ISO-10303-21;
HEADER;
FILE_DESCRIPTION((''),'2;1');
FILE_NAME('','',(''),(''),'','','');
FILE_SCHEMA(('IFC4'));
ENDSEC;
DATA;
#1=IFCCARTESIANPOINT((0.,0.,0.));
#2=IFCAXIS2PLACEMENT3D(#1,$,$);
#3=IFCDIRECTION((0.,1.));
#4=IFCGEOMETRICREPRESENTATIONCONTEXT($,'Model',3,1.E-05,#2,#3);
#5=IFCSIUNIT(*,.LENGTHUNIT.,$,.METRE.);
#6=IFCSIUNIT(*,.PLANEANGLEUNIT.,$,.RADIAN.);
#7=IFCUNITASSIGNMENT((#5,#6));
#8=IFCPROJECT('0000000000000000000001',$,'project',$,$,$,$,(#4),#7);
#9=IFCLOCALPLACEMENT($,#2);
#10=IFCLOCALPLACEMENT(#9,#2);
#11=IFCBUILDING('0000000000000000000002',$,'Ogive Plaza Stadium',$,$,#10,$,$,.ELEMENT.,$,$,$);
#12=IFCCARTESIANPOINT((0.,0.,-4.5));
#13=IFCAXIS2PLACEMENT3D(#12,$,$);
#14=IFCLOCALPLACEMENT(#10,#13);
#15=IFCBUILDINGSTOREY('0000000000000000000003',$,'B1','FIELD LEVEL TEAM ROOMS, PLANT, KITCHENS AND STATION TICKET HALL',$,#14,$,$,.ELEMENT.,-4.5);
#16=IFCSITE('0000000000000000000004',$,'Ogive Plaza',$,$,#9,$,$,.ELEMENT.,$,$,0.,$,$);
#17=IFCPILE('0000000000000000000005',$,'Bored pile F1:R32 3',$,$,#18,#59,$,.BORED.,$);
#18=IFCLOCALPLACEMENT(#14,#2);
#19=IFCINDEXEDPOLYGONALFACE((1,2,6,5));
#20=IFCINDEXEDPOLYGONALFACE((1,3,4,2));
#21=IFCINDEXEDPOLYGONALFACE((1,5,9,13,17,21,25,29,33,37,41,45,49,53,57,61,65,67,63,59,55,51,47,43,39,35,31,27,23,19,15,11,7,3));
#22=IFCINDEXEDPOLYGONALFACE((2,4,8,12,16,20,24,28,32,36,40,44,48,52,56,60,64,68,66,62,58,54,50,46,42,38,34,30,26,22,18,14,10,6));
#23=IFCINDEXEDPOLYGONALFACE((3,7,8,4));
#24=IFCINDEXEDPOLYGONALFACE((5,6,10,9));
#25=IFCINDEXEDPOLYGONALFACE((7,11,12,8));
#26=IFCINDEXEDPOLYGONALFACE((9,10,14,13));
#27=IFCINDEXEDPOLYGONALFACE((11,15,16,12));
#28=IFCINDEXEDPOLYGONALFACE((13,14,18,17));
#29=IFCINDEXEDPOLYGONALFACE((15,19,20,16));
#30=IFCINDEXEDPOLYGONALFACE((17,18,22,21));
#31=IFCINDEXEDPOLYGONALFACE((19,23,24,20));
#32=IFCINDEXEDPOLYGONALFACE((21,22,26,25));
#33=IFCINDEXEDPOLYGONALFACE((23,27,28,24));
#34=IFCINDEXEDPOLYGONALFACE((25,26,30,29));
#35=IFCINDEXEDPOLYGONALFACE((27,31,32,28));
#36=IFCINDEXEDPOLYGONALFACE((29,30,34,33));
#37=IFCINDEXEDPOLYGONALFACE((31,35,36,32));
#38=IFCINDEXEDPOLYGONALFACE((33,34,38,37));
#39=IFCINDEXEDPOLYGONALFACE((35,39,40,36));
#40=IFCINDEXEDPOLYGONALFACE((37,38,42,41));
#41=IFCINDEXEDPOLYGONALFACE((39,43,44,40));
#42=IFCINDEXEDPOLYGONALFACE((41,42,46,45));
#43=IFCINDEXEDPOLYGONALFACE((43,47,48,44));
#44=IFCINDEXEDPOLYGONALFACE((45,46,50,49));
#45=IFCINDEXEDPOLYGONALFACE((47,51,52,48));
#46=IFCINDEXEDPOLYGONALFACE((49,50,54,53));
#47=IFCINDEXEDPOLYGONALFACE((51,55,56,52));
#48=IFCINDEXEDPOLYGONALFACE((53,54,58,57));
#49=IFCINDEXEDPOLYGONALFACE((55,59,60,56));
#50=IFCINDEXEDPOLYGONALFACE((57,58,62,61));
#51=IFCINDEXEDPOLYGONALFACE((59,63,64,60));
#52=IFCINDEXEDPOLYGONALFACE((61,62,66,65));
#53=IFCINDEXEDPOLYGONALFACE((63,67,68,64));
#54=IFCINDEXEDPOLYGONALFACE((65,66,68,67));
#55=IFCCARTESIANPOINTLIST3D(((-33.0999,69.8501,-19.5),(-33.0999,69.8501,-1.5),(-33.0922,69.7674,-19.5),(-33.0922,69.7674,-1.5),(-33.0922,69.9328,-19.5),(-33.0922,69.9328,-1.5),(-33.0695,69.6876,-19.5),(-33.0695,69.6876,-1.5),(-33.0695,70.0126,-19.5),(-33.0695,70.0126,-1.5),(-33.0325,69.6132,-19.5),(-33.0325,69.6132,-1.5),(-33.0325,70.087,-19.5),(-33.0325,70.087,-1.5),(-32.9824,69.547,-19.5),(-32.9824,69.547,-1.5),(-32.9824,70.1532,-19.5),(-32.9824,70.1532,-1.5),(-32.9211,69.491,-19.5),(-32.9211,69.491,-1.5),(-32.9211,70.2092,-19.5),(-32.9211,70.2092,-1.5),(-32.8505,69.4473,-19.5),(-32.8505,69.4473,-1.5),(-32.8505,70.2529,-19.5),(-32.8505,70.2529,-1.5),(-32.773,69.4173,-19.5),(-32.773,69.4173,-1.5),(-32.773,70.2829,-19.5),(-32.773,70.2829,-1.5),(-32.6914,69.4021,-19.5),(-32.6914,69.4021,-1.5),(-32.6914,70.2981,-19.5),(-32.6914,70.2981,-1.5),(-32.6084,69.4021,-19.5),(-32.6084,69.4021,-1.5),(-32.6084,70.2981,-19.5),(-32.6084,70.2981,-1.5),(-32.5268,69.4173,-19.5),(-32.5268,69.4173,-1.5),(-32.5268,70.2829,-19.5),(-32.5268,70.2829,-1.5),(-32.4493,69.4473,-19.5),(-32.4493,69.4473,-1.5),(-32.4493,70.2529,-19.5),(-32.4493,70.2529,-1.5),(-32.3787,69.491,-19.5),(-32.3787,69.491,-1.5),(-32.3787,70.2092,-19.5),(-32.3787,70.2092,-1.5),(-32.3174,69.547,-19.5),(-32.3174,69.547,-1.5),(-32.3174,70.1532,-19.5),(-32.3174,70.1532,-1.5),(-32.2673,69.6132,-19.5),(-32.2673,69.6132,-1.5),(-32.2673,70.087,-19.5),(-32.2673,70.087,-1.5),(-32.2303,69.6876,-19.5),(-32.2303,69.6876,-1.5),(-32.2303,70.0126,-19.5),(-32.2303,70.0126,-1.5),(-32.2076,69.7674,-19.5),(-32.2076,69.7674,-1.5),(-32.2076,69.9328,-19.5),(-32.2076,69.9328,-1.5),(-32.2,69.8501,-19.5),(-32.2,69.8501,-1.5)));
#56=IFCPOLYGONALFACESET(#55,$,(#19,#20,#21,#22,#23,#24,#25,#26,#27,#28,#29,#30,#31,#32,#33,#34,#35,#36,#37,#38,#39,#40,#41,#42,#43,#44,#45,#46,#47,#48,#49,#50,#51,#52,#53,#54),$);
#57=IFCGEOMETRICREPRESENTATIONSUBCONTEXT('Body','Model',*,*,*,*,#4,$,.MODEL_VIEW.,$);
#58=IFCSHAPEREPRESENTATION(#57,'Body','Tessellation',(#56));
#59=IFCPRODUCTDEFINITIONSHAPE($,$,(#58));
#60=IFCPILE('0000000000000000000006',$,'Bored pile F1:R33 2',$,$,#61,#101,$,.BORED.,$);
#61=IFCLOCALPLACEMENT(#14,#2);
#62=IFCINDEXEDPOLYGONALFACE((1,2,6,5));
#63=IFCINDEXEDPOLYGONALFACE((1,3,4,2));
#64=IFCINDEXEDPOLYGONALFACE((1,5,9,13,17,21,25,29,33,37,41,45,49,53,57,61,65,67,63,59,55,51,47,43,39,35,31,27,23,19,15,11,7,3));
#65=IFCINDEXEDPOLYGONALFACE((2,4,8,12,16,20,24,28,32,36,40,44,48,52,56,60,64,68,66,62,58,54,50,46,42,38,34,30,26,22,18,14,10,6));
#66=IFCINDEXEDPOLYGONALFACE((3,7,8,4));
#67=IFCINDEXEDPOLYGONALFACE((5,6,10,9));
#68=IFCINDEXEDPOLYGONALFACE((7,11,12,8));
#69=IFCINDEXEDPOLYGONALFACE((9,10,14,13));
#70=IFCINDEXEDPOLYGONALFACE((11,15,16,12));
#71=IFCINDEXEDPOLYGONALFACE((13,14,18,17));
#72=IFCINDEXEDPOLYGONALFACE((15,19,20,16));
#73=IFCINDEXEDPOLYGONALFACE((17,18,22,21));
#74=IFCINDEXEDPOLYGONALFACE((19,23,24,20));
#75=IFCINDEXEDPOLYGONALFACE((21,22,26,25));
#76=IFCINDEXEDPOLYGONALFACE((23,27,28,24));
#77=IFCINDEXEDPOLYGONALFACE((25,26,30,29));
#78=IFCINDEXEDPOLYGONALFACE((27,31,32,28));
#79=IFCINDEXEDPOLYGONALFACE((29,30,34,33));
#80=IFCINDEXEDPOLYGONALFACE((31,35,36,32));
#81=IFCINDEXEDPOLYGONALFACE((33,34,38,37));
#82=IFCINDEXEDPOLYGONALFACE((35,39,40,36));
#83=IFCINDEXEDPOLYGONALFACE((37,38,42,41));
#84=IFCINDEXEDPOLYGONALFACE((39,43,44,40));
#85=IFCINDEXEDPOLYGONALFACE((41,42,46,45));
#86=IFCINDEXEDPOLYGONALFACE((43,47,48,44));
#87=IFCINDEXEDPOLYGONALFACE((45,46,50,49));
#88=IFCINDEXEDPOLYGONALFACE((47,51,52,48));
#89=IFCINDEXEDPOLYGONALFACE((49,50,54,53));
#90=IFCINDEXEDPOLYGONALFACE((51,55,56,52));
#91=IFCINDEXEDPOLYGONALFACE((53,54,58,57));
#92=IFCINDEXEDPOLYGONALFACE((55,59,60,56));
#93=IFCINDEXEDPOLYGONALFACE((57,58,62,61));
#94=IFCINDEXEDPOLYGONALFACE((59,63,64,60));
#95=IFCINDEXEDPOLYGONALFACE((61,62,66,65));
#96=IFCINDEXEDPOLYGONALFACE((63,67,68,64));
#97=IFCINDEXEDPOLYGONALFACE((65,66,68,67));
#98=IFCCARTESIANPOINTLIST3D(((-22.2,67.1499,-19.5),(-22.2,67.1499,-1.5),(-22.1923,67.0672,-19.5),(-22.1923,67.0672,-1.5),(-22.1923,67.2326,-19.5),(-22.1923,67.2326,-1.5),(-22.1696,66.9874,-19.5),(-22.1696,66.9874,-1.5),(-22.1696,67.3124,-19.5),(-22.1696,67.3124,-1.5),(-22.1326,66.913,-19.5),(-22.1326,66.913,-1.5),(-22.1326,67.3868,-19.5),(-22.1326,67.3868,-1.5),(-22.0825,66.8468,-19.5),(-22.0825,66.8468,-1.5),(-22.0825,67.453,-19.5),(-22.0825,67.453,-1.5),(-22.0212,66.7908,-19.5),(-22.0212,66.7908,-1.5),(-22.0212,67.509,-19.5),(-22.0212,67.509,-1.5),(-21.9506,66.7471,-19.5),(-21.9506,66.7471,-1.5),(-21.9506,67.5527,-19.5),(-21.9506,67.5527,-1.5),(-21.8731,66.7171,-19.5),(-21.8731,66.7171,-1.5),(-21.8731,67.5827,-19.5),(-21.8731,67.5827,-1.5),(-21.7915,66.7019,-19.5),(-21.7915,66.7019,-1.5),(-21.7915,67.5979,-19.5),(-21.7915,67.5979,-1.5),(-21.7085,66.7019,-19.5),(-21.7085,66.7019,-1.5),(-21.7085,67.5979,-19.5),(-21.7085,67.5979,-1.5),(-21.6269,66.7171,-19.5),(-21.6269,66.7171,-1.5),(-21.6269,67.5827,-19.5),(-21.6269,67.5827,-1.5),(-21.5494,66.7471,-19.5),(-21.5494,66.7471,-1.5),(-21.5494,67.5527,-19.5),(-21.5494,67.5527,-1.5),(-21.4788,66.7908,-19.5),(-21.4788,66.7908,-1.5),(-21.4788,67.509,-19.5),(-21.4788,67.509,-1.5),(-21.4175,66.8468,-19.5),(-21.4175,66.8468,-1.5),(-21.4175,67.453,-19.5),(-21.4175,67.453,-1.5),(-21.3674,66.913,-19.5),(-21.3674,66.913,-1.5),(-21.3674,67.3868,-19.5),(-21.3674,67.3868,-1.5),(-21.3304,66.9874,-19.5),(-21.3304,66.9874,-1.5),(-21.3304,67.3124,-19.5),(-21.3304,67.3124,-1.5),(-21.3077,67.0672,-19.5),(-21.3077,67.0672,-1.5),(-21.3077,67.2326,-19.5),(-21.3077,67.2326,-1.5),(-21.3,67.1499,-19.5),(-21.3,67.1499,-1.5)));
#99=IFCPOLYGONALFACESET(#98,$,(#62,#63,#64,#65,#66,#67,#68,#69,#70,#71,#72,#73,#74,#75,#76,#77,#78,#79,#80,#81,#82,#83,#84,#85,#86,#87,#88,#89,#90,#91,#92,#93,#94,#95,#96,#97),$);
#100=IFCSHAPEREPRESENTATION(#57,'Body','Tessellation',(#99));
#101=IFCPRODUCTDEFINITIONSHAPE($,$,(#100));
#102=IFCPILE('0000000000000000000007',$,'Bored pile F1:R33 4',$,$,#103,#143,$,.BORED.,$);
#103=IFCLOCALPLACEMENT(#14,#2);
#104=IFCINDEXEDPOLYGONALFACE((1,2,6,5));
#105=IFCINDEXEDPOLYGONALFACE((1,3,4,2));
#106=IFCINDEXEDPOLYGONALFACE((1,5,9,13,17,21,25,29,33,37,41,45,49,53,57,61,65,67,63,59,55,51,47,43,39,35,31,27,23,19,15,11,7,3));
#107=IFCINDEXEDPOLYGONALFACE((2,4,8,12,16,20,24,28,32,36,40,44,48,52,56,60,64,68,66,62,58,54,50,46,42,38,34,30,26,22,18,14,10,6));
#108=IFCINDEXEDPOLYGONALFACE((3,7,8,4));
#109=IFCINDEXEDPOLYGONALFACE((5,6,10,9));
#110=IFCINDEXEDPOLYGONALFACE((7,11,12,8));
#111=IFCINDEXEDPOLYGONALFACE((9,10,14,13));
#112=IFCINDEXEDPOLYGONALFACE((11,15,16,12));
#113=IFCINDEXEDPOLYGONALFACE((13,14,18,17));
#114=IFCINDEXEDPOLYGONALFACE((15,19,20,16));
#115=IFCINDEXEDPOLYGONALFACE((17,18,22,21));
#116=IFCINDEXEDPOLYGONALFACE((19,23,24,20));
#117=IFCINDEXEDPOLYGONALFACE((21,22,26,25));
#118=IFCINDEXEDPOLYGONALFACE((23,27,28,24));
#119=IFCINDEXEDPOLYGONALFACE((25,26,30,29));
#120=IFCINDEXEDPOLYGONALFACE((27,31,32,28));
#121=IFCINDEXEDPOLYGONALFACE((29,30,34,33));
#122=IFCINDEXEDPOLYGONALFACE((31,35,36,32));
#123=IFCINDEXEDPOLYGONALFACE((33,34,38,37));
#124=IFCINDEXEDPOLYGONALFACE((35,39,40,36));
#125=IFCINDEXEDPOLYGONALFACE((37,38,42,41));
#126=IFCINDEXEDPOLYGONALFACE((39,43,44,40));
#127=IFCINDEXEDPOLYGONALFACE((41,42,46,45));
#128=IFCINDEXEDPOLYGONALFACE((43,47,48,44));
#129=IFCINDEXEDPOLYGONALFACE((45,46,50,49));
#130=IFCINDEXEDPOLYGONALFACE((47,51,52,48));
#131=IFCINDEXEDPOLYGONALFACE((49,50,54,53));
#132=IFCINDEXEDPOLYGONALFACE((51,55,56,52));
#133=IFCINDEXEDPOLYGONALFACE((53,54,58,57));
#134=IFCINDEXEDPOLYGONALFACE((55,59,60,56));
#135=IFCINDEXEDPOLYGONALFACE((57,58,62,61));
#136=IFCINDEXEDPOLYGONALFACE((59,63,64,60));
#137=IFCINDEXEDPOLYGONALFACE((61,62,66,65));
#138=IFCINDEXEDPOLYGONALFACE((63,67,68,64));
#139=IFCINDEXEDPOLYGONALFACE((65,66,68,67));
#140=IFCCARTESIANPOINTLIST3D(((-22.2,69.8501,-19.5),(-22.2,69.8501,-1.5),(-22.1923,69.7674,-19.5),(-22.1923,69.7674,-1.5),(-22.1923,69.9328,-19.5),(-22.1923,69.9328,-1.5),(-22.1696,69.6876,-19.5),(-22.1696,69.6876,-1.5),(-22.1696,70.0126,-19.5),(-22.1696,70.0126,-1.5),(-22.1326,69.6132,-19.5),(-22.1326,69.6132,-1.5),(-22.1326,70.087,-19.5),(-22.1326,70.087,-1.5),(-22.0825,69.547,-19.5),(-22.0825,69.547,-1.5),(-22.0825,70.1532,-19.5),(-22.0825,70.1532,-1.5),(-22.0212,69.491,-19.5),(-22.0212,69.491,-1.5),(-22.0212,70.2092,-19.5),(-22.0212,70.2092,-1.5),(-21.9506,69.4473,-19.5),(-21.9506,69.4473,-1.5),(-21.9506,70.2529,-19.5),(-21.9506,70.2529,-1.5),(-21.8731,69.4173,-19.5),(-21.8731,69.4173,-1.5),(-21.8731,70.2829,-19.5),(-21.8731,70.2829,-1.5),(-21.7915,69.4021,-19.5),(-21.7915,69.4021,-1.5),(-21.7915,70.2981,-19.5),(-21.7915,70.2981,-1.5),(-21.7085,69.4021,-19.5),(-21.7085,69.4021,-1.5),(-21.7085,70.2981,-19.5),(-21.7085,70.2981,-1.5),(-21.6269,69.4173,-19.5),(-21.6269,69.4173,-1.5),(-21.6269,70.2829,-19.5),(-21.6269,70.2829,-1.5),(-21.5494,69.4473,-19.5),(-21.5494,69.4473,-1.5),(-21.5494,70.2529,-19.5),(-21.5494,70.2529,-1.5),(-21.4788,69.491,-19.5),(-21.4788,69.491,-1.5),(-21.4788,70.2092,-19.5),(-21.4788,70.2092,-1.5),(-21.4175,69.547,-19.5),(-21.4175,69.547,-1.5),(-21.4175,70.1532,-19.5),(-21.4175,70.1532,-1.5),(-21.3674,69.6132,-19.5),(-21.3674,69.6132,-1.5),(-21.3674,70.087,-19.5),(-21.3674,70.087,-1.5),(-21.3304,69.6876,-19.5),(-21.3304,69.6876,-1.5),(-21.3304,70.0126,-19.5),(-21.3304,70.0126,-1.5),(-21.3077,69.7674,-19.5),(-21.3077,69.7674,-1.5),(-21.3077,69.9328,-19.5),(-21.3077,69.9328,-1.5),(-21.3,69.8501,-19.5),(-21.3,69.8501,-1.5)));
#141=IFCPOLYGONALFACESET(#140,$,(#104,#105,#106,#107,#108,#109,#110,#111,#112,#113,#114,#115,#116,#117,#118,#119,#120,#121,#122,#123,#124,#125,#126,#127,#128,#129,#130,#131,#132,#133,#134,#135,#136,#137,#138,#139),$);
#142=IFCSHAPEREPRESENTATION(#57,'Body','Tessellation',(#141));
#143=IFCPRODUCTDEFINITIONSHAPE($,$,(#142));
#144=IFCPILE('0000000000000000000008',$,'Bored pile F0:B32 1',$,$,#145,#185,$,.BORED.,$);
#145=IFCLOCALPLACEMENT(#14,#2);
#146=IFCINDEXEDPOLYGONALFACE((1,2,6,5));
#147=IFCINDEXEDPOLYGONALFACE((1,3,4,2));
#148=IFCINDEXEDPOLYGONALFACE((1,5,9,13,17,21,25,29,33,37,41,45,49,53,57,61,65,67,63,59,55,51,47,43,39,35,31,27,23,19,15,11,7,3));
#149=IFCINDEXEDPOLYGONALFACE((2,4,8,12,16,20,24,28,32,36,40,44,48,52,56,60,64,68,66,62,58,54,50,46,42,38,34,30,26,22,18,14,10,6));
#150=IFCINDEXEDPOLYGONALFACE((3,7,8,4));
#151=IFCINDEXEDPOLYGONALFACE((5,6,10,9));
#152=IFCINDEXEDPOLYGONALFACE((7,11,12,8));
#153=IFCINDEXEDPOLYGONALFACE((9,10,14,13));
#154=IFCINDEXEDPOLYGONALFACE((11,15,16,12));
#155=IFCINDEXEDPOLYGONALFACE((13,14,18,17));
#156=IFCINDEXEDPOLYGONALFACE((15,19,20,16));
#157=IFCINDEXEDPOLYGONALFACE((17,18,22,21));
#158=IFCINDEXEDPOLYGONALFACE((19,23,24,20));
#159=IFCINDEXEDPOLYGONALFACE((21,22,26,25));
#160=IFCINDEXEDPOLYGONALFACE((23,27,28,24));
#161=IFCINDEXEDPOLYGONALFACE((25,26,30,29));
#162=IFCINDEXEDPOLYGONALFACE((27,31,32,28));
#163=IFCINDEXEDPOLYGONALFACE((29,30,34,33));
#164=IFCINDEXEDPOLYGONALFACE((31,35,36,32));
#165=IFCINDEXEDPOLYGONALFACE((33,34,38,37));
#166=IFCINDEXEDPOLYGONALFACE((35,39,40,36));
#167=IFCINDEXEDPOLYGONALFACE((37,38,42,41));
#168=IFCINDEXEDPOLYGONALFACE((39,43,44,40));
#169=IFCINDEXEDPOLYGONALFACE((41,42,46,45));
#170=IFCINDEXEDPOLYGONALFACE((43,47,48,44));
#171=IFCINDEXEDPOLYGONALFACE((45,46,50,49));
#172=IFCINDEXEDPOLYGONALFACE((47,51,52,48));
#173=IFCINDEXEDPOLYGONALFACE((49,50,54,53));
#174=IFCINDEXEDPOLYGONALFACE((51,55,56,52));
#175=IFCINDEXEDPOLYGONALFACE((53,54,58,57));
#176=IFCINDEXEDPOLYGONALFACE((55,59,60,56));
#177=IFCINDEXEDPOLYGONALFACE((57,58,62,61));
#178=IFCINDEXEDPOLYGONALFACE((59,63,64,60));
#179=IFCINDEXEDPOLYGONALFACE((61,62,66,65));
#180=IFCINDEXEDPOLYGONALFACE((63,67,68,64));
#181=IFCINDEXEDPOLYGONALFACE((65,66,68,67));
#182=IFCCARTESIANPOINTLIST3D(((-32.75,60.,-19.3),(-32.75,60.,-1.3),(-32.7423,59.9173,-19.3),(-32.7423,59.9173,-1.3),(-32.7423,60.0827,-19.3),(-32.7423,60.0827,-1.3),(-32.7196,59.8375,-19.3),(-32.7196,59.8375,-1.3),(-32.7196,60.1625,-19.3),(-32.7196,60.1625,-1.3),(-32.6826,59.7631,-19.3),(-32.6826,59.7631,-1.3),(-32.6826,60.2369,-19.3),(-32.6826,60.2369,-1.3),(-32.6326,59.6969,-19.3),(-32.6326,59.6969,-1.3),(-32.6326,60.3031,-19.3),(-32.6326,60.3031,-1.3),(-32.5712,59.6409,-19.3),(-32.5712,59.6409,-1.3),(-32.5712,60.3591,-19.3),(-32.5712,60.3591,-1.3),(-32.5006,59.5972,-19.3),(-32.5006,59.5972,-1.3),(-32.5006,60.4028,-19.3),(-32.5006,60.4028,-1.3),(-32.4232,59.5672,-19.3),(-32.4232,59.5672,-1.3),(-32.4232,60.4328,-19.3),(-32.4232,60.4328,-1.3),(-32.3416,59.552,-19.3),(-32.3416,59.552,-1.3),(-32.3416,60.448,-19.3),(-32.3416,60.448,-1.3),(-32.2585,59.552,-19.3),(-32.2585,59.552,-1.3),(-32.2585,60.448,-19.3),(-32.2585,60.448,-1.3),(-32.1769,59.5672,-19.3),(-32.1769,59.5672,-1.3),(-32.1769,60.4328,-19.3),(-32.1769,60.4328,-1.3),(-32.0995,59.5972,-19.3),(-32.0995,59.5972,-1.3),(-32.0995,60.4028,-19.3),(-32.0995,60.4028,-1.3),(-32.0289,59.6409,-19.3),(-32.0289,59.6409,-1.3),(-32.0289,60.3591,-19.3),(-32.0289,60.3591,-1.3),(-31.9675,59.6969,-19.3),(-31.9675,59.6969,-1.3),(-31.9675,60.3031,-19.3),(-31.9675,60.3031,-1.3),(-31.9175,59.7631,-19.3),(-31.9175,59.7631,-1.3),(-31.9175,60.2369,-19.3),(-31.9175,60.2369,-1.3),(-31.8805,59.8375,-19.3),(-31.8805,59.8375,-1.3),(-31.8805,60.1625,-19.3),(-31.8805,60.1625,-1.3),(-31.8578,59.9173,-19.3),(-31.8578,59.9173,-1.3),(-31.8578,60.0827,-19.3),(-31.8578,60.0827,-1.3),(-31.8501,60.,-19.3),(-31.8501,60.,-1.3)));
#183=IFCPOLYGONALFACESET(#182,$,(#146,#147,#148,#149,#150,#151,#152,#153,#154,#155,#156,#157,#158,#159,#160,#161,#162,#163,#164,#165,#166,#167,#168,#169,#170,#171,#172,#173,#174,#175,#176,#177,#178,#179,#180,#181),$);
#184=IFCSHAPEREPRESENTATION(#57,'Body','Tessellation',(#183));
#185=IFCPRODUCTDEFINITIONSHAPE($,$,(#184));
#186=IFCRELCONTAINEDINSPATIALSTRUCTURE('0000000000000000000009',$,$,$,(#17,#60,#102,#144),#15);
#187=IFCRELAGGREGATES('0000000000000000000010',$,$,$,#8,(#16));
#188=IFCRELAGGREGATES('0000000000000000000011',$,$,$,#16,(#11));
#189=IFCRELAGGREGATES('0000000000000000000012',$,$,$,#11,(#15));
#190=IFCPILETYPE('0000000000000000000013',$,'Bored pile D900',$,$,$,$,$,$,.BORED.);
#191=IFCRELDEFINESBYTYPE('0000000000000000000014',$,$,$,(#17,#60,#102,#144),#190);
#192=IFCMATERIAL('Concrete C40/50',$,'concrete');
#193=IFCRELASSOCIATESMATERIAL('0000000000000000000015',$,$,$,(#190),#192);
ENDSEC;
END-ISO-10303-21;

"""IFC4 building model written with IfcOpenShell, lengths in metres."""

from ifc_helpers import new_model, si_unit, direction, frame, origin, origin_2d, place, context, subcontext, project, spatial, circle, extrude, material, material_profile, profile_set, type_object, element, save


model = new_model("IFC4")

# Units and contexts
model_context = context("Model", 3, precision=1e-05, world=origin(), true_north=direction((0.0, 1.0)))
body_context = subcontext(model_context, "Body", "Model", "MODEL_VIEW")
ifc_project = project(units=[si_unit("LENGTHUNIT", "METRE"), si_unit("PLANEANGLEUNIT", "RADIAN")], contexts=[model_context])

# Site, building, storey
site_placement = place(None, origin())
site = spatial("IfcSite", under=ifc_project, at=site_placement, Name="Ogive Plaza", CompositionType="ELEMENT", RefElevation=0.0)
building_placement = place(site_placement, origin())
building = spatial("IfcBuilding", under=site, at=building_placement, Name="Ogive Plaza Stadium", CompositionType="ELEMENT")
storey_placement = place(building_placement, frame((0.0, 0.0, -4.5)))
storey = spatial("IfcBuildingStorey", under=building, at=storey_placement, Name="B1", Description="FIELD LEVEL TEAM ROOMS, PLANT, KITCHENS AND STATION TICKET HALL", CompositionType="ELEMENT", Elevation=-4.5)

# Piles
ifc_material_1 = material(Name="Concrete C40/50", Category="concrete")
ifc_material_profile_1 = material_profile(ifc_material_1, circle(Radius=0.45, at=origin_2d()), Name="RC D900")
ifc_profile_set_1 = profile_set([ifc_material_profile_1], Name="Concrete C40/50")
pile_type_1 = type_object("IfcPileType", Name="Bored pile D900", PredefinedType="BORED", material=ifc_profile_set_1)
for number, where, z_axis, x_axis, name in (
    (1, (-32.6499, 69.8501, -1.5), (0.0, 0.0, -1.0), (1.0, 0.0, 0.0), "Bored pile F1:R32 3"),
    (2, (-21.75, 67.1499, -1.5), (0.0, 0.0, -1.0), (1.0, 0.0, 0.0), "Bored pile F1:R33 2"),
    (3, (-21.75, 69.8501, -1.5), (0.0, 0.0, -1.0), (1.0, 0.0, 0.0), "Bored pile F1:R33 4"),
    (4, (-32.3, 60.0, -1.3), (0.0, 0.0, -1.0), (1.0, 0.0, 0.0), "Bored pile F0:B32 1"),
):
    element("IfcPile", number, at=place(storey_placement, frame(where, z_axis=z_axis, x_axis=x_axis)), inside=storey, type_object=pile_type_1, Name=name, PredefinedType="BORED", context=body_context, shape_type="SweptSolid", body=[
        extrude(circle(Radius=0.45, at=origin_2d()), origin(), (0.0, 0.0, 1.0), 18.0),
    ])

save(model, "model.ifc")
